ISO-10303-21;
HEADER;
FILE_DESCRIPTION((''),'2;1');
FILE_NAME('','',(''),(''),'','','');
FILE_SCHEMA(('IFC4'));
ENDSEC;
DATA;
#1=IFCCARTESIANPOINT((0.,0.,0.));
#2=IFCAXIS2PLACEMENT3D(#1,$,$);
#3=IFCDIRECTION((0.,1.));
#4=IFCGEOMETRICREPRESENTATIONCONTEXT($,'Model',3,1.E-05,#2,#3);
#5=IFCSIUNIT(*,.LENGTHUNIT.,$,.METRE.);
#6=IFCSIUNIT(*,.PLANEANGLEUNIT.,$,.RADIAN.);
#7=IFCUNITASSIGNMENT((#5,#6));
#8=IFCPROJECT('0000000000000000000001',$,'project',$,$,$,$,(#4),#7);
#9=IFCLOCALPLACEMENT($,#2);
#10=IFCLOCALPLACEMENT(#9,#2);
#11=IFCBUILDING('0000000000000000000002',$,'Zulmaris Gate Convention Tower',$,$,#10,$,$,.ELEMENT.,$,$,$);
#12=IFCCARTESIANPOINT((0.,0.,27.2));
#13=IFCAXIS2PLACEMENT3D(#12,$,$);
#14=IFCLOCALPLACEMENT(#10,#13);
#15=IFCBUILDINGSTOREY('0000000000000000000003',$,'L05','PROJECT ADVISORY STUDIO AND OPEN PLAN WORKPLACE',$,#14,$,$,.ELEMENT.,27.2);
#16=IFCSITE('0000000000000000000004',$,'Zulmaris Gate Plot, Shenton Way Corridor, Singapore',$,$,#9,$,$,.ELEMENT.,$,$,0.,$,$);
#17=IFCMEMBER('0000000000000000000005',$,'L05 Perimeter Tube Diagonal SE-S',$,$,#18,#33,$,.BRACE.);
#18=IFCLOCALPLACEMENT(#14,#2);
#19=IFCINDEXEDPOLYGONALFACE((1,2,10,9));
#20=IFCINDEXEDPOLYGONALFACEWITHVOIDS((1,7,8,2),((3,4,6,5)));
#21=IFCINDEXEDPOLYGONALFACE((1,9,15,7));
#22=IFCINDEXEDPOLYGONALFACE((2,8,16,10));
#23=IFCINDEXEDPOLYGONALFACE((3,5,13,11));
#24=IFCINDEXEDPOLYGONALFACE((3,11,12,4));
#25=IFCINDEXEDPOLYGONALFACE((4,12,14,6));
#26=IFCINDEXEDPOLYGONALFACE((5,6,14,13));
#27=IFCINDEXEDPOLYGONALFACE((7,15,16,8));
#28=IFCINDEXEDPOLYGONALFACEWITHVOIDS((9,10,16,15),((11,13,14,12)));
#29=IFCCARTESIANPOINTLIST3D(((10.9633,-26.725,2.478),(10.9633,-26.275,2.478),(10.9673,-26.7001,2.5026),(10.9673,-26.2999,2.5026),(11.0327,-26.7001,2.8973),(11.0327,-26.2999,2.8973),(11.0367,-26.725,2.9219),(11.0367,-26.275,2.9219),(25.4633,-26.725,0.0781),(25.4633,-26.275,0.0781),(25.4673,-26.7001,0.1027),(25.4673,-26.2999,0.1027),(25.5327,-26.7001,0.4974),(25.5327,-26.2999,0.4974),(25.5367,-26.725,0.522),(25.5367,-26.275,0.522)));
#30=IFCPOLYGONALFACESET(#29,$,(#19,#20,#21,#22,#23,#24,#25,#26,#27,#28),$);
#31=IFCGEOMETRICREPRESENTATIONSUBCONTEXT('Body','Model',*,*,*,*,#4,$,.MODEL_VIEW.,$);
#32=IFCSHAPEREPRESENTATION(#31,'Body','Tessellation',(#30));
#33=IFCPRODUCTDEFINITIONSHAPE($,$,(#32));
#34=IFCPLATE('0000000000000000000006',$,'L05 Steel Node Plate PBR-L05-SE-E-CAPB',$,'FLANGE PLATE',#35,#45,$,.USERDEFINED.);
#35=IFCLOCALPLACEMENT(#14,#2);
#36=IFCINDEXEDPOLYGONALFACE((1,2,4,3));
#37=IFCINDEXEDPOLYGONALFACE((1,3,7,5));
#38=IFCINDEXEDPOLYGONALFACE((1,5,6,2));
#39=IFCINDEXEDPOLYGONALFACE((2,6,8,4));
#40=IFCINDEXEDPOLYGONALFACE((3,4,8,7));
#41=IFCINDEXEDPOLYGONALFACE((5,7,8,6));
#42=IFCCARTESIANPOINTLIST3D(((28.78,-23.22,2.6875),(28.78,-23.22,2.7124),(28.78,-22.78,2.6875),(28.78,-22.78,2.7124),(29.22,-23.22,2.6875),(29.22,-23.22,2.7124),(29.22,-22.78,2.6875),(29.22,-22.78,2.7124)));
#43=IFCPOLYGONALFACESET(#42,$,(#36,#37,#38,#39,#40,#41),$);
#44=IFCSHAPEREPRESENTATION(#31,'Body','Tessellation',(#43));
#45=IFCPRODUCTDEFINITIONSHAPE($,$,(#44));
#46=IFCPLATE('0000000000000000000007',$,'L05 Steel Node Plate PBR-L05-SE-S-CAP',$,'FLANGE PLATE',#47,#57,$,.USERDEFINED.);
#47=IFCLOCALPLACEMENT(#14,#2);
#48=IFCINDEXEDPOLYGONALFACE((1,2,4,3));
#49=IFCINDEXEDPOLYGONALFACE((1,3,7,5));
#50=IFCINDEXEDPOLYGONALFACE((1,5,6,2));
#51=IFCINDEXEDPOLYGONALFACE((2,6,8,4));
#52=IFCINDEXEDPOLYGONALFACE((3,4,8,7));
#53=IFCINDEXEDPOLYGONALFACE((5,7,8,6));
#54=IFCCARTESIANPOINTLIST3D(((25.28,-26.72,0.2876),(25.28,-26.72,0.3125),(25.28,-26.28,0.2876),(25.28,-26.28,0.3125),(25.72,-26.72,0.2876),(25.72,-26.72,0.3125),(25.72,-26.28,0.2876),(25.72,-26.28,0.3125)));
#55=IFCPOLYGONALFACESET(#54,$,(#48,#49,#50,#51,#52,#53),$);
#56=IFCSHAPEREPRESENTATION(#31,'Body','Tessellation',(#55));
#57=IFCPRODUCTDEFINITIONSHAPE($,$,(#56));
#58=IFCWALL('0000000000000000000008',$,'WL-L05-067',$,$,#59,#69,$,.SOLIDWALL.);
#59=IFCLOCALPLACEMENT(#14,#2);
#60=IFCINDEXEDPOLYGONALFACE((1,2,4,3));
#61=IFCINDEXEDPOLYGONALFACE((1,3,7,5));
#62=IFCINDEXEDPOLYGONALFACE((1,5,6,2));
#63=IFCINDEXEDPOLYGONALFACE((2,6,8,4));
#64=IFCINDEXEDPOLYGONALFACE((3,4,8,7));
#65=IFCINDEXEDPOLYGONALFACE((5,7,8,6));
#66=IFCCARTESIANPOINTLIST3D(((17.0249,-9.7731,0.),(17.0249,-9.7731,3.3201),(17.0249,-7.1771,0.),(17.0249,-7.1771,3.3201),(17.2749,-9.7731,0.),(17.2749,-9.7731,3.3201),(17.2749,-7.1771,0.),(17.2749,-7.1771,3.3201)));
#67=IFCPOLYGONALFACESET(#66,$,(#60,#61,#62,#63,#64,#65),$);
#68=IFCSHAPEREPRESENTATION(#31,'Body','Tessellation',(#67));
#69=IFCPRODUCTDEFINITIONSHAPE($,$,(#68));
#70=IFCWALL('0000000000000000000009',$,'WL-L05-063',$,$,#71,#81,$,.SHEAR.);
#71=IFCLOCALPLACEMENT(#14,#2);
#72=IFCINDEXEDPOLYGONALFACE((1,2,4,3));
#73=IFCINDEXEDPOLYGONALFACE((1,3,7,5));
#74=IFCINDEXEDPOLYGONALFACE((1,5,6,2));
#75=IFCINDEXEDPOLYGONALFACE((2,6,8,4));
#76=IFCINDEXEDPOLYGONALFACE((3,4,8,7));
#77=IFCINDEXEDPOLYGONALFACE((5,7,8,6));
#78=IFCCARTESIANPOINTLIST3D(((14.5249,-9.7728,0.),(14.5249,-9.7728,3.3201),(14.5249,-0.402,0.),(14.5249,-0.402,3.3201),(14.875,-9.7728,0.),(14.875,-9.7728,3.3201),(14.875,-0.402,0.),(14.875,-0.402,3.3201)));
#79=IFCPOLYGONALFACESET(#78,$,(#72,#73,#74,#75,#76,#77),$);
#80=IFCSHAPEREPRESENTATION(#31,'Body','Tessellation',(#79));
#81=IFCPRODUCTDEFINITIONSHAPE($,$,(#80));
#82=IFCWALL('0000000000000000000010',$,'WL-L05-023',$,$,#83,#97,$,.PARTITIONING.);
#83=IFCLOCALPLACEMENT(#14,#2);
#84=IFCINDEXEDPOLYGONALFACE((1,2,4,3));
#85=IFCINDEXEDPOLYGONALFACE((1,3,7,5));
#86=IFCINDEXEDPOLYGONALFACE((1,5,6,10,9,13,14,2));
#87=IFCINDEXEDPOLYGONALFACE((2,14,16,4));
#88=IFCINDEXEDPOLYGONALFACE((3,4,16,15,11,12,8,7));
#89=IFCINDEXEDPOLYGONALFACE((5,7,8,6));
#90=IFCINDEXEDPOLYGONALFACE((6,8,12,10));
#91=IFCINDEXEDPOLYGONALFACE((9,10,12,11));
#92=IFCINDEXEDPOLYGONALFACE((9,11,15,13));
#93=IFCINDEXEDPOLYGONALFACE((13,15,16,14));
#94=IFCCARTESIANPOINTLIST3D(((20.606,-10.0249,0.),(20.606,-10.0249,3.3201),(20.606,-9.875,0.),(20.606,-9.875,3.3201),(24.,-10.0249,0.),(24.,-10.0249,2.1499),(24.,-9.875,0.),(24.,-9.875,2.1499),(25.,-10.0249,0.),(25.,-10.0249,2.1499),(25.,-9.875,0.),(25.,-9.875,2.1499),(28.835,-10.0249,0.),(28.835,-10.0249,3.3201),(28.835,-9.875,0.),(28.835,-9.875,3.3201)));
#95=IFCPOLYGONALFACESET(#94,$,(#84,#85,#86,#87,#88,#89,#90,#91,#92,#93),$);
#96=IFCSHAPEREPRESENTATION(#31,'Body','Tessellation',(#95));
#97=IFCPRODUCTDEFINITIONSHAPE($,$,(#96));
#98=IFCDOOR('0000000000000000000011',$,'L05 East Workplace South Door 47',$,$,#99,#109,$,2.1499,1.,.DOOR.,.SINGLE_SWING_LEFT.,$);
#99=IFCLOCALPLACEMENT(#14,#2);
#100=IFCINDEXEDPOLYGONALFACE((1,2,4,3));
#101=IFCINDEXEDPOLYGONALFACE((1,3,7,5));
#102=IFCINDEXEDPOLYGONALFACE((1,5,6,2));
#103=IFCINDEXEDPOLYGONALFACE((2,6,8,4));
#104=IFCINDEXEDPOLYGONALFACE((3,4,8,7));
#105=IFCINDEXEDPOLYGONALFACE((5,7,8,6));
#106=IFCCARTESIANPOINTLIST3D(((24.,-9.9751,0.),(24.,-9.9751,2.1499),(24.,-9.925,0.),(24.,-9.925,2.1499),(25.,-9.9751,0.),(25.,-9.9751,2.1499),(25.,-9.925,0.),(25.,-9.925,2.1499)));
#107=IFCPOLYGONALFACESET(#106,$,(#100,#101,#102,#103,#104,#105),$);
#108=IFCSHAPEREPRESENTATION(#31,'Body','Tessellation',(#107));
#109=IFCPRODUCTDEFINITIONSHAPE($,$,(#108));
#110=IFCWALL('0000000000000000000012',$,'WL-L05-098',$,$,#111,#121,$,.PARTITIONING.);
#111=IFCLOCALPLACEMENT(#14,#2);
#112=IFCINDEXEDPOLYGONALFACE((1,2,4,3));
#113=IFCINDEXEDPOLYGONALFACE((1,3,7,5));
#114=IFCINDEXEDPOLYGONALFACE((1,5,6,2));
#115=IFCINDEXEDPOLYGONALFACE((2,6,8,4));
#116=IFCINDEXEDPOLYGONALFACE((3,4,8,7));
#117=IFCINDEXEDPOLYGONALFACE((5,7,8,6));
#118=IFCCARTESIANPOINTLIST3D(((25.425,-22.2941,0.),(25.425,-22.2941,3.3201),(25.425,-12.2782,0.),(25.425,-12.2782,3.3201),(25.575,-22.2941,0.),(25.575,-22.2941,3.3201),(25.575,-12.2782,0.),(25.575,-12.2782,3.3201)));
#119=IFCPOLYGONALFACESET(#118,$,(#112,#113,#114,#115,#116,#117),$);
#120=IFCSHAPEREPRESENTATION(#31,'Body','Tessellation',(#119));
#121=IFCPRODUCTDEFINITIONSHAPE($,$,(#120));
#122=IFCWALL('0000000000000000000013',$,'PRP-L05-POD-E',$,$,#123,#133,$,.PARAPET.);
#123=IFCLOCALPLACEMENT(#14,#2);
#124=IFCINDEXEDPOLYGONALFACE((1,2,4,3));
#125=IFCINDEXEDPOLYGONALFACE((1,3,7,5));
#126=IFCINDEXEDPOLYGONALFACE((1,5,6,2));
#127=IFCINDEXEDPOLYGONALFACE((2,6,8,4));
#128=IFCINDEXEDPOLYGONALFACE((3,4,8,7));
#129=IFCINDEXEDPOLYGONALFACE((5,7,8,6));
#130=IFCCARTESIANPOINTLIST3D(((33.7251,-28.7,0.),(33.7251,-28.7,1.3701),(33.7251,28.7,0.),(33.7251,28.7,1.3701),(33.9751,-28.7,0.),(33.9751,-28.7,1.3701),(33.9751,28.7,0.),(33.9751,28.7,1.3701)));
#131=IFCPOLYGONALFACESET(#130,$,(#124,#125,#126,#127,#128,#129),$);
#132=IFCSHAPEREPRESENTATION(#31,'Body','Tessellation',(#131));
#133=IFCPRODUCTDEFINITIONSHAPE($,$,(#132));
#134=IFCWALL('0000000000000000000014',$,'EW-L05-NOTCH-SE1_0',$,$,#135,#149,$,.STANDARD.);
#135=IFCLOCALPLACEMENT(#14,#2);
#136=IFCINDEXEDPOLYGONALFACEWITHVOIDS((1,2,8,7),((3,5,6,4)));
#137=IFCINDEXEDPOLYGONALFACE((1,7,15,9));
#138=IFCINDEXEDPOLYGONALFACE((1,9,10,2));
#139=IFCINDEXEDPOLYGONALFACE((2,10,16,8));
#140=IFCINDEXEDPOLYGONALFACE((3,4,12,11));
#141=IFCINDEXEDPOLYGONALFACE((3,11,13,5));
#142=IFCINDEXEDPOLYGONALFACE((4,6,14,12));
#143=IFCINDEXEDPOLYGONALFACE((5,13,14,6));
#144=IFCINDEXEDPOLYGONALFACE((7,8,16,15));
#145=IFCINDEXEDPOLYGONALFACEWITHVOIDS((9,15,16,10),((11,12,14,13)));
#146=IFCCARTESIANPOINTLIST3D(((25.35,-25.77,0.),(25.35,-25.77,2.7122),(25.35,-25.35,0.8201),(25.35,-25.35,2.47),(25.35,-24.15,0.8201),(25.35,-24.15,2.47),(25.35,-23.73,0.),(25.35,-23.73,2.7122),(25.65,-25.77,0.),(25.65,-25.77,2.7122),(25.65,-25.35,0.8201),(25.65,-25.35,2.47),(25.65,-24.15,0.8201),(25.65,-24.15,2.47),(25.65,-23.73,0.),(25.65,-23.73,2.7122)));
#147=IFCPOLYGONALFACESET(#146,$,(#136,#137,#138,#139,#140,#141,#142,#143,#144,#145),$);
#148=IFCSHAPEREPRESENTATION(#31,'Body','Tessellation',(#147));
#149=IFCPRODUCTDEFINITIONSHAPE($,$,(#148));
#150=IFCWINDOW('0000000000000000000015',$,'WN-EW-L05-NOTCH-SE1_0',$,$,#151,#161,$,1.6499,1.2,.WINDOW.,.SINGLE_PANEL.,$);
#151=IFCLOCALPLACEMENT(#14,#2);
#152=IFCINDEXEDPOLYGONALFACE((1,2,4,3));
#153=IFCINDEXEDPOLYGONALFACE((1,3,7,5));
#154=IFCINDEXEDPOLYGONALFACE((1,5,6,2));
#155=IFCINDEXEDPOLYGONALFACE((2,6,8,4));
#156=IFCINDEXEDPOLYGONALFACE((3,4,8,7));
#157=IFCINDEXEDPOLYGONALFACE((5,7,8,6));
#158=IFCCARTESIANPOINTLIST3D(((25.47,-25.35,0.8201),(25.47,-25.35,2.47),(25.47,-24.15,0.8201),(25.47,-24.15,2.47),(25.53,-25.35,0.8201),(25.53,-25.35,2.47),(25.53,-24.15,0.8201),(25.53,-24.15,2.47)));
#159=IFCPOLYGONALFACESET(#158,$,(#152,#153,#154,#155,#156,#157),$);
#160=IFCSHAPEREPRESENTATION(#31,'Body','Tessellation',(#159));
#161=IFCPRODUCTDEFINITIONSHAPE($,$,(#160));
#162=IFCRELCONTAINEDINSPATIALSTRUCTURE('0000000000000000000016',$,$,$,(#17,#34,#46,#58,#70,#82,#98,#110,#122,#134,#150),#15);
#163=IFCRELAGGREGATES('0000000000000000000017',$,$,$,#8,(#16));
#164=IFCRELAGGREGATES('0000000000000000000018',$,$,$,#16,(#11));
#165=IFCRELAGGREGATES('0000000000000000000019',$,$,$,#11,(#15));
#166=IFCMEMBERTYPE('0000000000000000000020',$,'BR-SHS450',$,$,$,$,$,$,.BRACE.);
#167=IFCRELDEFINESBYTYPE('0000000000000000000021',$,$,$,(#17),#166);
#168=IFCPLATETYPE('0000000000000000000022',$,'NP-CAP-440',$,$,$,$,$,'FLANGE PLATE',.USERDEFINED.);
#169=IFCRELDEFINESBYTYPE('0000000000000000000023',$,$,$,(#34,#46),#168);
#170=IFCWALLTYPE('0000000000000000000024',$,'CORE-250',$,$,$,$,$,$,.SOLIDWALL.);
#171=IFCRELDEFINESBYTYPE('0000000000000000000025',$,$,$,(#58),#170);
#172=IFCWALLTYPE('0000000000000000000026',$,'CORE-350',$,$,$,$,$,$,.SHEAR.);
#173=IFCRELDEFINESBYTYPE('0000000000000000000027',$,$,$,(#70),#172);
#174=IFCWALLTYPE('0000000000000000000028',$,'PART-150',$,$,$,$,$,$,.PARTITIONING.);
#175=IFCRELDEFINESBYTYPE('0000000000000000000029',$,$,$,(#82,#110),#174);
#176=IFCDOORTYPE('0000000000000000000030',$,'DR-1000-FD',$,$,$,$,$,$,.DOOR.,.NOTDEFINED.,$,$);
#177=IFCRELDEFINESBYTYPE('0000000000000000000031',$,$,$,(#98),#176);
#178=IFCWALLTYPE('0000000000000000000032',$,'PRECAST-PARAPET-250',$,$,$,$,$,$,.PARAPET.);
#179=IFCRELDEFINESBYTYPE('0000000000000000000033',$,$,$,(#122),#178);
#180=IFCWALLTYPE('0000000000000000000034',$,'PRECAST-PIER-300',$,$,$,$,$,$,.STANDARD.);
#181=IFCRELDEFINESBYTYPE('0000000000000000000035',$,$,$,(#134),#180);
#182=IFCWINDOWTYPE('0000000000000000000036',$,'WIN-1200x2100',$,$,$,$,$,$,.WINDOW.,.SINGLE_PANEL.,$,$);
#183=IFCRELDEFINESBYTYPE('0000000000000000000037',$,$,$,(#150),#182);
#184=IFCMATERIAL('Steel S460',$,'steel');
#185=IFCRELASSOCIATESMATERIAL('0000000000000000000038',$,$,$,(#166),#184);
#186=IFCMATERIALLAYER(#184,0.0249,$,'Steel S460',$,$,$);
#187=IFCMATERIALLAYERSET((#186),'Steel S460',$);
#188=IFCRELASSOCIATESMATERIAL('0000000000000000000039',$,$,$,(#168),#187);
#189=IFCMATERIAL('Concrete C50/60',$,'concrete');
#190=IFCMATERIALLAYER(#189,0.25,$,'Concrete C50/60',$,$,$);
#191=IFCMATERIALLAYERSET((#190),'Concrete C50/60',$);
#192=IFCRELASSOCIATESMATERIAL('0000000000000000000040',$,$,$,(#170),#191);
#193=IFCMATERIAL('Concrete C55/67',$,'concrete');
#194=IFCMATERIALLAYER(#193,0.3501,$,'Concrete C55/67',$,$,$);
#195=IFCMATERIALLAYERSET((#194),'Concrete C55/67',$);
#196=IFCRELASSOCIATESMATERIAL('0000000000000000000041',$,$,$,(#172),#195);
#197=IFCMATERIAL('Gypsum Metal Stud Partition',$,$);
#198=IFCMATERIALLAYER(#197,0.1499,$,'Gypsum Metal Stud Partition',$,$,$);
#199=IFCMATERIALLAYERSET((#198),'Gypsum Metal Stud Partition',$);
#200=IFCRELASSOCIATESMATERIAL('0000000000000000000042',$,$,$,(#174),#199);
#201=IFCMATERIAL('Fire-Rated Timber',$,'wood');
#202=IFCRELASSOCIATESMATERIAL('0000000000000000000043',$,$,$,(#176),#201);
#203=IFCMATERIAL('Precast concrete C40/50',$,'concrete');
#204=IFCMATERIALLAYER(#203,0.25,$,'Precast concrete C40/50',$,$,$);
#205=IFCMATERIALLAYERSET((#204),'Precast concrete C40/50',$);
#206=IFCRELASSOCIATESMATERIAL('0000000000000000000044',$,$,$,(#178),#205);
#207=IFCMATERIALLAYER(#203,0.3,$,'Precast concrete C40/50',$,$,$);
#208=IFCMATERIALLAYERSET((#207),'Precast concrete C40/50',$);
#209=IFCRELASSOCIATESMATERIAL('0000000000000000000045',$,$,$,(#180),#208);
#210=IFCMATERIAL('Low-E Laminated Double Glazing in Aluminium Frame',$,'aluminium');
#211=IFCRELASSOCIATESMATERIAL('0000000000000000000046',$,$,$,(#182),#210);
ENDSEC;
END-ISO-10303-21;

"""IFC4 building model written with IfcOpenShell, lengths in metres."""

from ifc_helpers import new_model, si_unit, direction, frame, frame_2d, origin, origin_2d, place, context, subcontext, project, spatial, rectangle, hollow_rectangle, extrude, material, layer, layer_set, material_profile, profile_set, type_object, element, fill, save


model = new_model("IFC4")

# Units and contexts
model_context = context("Model", 3, precision=1e-05, world=origin(), true_north=direction((0.0, 1.0)))
body_context = subcontext(model_context, "Body", "Model", "MODEL_VIEW")
ifc_project = project(units=[si_unit("LENGTHUNIT", "METRE"), si_unit("PLANEANGLEUNIT", "RADIAN")], contexts=[model_context])

# Site, building, storey
site_placement = place(None, origin())
site = spatial("IfcSite", under=ifc_project, at=site_placement, Name="Zulmaris Gate Plot, Shenton Way Corridor, Singapore", CompositionType="ELEMENT", RefElevation=0.0)
building_placement = place(site_placement, origin())
building = spatial("IfcBuilding", under=site, at=building_placement, Name="Zulmaris Gate Convention Tower", CompositionType="ELEMENT")
storey_placement = place(building_placement, frame((0.0, 0.0, 27.2)))
storey = spatial("IfcBuildingStorey", under=building, at=storey_placement, Name="L05", Description="PROJECT ADVISORY STUDIO AND OPEN PLAN WORKPLACE", CompositionType="ELEMENT", Elevation=27.2)

# Member
ifc_material_1 = material(Name="Steel S460", Category="steel")
ifc_material_profile_1 = material_profile(ifc_material_1, hollow_rectangle(XDim=0.45, YDim=0.45, WallThickness=0.0249, at=origin_2d()), Name="SHS 450x450x25")
ifc_profile_set_1 = profile_set([ifc_material_profile_1], Name="Steel S460")
member_type = type_object("IfcMemberType", Name="BR-SHS450", PredefinedType="BRACE", material=ifc_profile_set_1)
member_placement = place(storey_placement, frame((25.5, -26.5, 0.3), z_axis=(-0.986578, 0.0, 0.163289), x_axis=(0.0, -1.0, 0.0)))
element("IfcMember", 1, at=member_placement, inside=storey, type_object=member_type, Name="L05 Perimeter Tube Diagonal SE-S", PredefinedType="BRACE", context=body_context, shape_type="SweptSolid", body=[
    extrude(hollow_rectangle(XDim=0.45, YDim=0.45, WallThickness=0.0249, at=origin_2d()), origin(), (0.0, 0.0, 1.0), 14.6973),
])

# Plates
ifc_layer_1 = layer(ifc_material_1, 0.0249, Name="Steel S460")
ifc_layer_set_1 = layer_set([ifc_layer_1], Name="Steel S460")
plate_type = type_object("IfcPlateType", Name="NP-CAP-440", ElementType="FLANGE PLATE", PredefinedType="USERDEFINED", material=ifc_layer_set_1)
for number, where, z_axis, x_axis, name in (
    (2, (29.0, -23.0, 2.6875), (0.0, 0.0, 1.0), (1.0, 0.0, 0.0), "L05 Steel Node Plate PBR-L05-SE-E-CAPB"),
    (3, (25.5, -26.5, 0.2876), (0.0, 0.0, 1.0), (1.0, 0.0, 0.0), "L05 Steel Node Plate PBR-L05-SE-S-CAP"),
):
    element("IfcPlate", number, at=place(storey_placement, frame(where, z_axis=z_axis, x_axis=x_axis)), inside=storey, type_object=plate_type, Name=name, ObjectType="FLANGE PLATE", PredefinedType="USERDEFINED", context=body_context, shape_type="SweptSolid", body=[
        extrude(rectangle(XDim=0.4399, YDim=0.4399, at=origin_2d()), origin(), (0.0, 0.0, 1.0), 0.0249),
    ])

# Wall
ifc_material_2 = material(Name="Concrete C50/60", Category="concrete")
ifc_layer_2 = layer(ifc_material_2, 0.25, Name="Concrete C50/60")
ifc_layer_set_2 = layer_set([ifc_layer_2], Name="Concrete C50/60")
wall_type_1 = type_object("IfcWallType", Name="CORE-250", PredefinedType="SOLIDWALL", material=ifc_layer_set_2)
wall_1_placement = place(storey_placement, frame((17.1499, -9.7729, 0.0), z_axis=(0.0, 0.0, 1.0), x_axis=(0.0, 1.0, 0.0)))
element("IfcWall", 4, at=wall_1_placement, inside=storey, type_object=wall_type_1, Name="WL-L05-067", PredefinedType="SOLIDWALL", context=body_context, shape_type="SweptSolid", body=[
    extrude(rectangle(XDim=2.5959, YDim=0.25, at=frame_2d((1.2979, 0.0))), origin(), (0.0, 0.0, 1.0), 3.3201),
])

# Shared definitions
ifc_material_3 = material(Name="Concrete C55/67", Category="concrete")
ifc_layer_3 = layer(ifc_material_3, 0.3501, Name="Concrete C55/67")
ifc_layer_set_3 = layer_set([ifc_layer_3], Name="Concrete C55/67")
wall_type_2 = type_object("IfcWallType", Name="CORE-350", PredefinedType="SHEAR", material=ifc_layer_set_3)
ifc_material_4 = material(Name="Fire-Rated Timber", Category="wood")

# Wall
wall_2_placement = place(storey_placement, frame((14.7, -9.7729, 0.0), z_axis=(0.0, 0.0, 1.0), x_axis=(0.0, 1.0, 0.0)))
element("IfcWall", 5, at=wall_2_placement, inside=storey, type_object=wall_type_2, Name="WL-L05-063", PredefinedType="SHEAR", context=body_context, shape_type="SweptSolid", body=[
    extrude(rectangle(XDim=9.3708, YDim=0.3501, at=frame_2d((4.6855, 0.0))), origin(), (0.0, 0.0, 1.0), 3.3201),
])

# Wall, opening, door
ifc_material_5 = material(Name="Gypsum Metal Stud Partition")
ifc_layer_4 = layer(ifc_material_5, 0.1499, Name="Gypsum Metal Stud Partition")
ifc_layer_set_4 = layer_set([ifc_layer_4], Name="Gypsum Metal Stud Partition")
wall_type_3 = type_object("IfcWallType", Name="PART-150", PredefinedType="PARTITIONING", material=ifc_layer_set_4)
wall_3_placement = place(storey_placement, frame((20.606, -9.95, 0.0), z_axis=(0.0, 0.0, 1.0), x_axis=(1.0, 0.0, 0.0)))
wall_3 = element("IfcWall", 6, at=wall_3_placement, inside=storey, type_object=wall_type_3, Name="WL-L05-023", PredefinedType="PARTITIONING", context=body_context, shape_type="SweptSolid", body=[
    extrude(rectangle(XDim=8.229, YDim=0.1499, at=frame_2d((4.1145, 0.0))), origin(), (0.0, 0.0, 1.0), 3.3201),
])
opening_1_placement = place(wall_3_placement, frame((3.394, 0.0, 0.0)))
opening_1 = element("IfcOpeningElement", 7, at=opening_1_placement, cuts=wall_3, PredefinedType="OPENING", context=body_context, shape_type="SweptSolid", body=[
    extrude(rectangle(XDim=1.0, YDim=2.1499, at=frame_2d((0.5, 1.075))), frame((0.0, 0.085, 0.0), z_axis=(0.0, -1.0, 0.0), x_axis=(1.0, 0.0, 0.0)), (0.0, 0.0, 1.0), 0.1699),
])
door_type_1 = type_object("IfcDoorType", Name="DR-1000-FD", OperationType="NOTDEFINED", PredefinedType="DOOR", material=ifc_material_4)
door_1_placement = place(opening_1_placement, origin())
door_1 = element("IfcDoor", 8, at=door_1_placement, inside=storey, type_object=door_type_1, Name="L05 East Workplace South Door 47", OperationType="SINGLE_SWING_LEFT", OverallHeight=2.1499, OverallWidth=1.0, PredefinedType="DOOR", context=body_context, shape_type="SweptSolid", body=[
    extrude(rectangle(XDim=1.0, YDim=2.1499, at=frame_2d((0.5, 1.075))), frame((0.0, 0.0249, 0.0), z_axis=(0.0, -1.0, 0.0), x_axis=(1.0, 0.0, 0.0)), (0.0, 0.0, 1.0), 0.05),
])
fill(opening_1, door_1)

# Walls
wall_4_placement = place(storey_placement, frame((25.5, -22.2939, 0.0), z_axis=(0.0, 0.0, 1.0), x_axis=(0.0, 1.0, 0.0)))
element("IfcWall", 9, at=wall_4_placement, inside=storey, type_object=wall_type_3, Name="WL-L05-098", PredefinedType="PARTITIONING", context=body_context, shape_type="SweptSolid", body=[
    extrude(rectangle(XDim=10.0159, YDim=0.1499, at=frame_2d((5.0078, 0.0))), origin(), (0.0, 0.0, 1.0), 3.3201),
])
ifc_material_6 = material(Name="Precast concrete C40/50", Category="concrete")
ifc_layer_5 = layer(ifc_material_6, 0.25, Name="Precast concrete C40/50")
ifc_layer_set_5 = layer_set([ifc_layer_5], Name="Precast concrete C40/50")
wall_type_4 = type_object("IfcWallType", Name="PRECAST-PARAPET-250", PredefinedType="PARAPET", material=ifc_layer_set_5)
wall_5_placement = place(storey_placement, frame((33.8501, -28.7, 0.0), z_axis=(0.0, 0.0, 1.0), x_axis=(0.0, 1.0, 0.0)))
element("IfcWall", 10, at=wall_5_placement, inside=storey, type_object=wall_type_4, Name="PRP-L05-POD-E", PredefinedType="PARAPET", context=body_context, shape_type="SweptSolid", body=[
    extrude(rectangle(XDim=57.3999, YDim=0.25, at=frame_2d((28.7, 0.0))), origin(), (0.0, 0.0, 1.0), 1.3701),
])

# Wall, opening, window
ifc_layer_6 = layer(ifc_material_6, 0.3, Name="Precast concrete C40/50")
ifc_layer_set_6 = layer_set([ifc_layer_6], Name="Precast concrete C40/50")
wall_type_5 = type_object("IfcWallType", Name="PRECAST-PIER-300", PredefinedType="STANDARD", material=ifc_layer_set_6)
wall_6_placement = place(storey_placement, frame((25.5, -25.77, 0.0), z_axis=(0.0, 0.0, 1.0), x_axis=(0.0, 1.0, 0.0)))
wall_6 = element("IfcWall", 11, at=wall_6_placement, inside=storey, type_object=wall_type_5, Name="EW-L05-NOTCH-SE1_0", PredefinedType="STANDARD", context=body_context, shape_type="SweptSolid", body=[
    extrude(rectangle(XDim=2.04, YDim=0.3, at=frame_2d((1.02, 0.0))), origin(), (0.0, 0.0, 1.0), 2.7122),
])
opening_2_placement = place(wall_6_placement, frame((0.4199, 0.0, 0.8201)))
opening_2 = element("IfcOpeningElement", 12, at=opening_2_placement, cuts=wall_6, PredefinedType="OPENING", context=body_context, shape_type="SweptSolid", body=[
    extrude(rectangle(XDim=1.2, YDim=1.6499, at=frame_2d((0.6001, 0.825))), frame((0.0, 0.1602, 0.0), z_axis=(0.0, -1.0, 0.0), x_axis=(1.0, 0.0, 0.0)), (0.0, 0.0, 1.0), 0.3201),
])
ifc_material_7 = material(Name="Low-E Laminated Double Glazing in Aluminium Frame", Category="aluminium")
window_type = type_object("IfcWindowType", Name="WIN-1200x2100", PartitioningType="SINGLE_PANEL", PredefinedType="WINDOW", material=ifc_material_7)
window_1_placement = place(opening_2_placement, origin())
window_1 = element("IfcWindow", 13, at=window_1_placement, inside=storey, type_object=window_type, Name="WN-EW-L05-NOTCH-SE1_0", OverallHeight=1.6499, OverallWidth=1.2, PartitioningType="SINGLE_PANEL", PredefinedType="WINDOW", context=body_context, shape_type="SweptSolid", body=[
    extrude(rectangle(XDim=1.2, YDim=1.6499, at=frame_2d((0.6001, 0.825))), frame((0.0, 0.03, 0.0), z_axis=(0.0, -1.0, 0.0), x_axis=(1.0, 0.0, 0.0)), (0.0, 0.0, 1.0), 0.0601),
])
fill(opening_2, window_1)

save(model, "model.ifc")
